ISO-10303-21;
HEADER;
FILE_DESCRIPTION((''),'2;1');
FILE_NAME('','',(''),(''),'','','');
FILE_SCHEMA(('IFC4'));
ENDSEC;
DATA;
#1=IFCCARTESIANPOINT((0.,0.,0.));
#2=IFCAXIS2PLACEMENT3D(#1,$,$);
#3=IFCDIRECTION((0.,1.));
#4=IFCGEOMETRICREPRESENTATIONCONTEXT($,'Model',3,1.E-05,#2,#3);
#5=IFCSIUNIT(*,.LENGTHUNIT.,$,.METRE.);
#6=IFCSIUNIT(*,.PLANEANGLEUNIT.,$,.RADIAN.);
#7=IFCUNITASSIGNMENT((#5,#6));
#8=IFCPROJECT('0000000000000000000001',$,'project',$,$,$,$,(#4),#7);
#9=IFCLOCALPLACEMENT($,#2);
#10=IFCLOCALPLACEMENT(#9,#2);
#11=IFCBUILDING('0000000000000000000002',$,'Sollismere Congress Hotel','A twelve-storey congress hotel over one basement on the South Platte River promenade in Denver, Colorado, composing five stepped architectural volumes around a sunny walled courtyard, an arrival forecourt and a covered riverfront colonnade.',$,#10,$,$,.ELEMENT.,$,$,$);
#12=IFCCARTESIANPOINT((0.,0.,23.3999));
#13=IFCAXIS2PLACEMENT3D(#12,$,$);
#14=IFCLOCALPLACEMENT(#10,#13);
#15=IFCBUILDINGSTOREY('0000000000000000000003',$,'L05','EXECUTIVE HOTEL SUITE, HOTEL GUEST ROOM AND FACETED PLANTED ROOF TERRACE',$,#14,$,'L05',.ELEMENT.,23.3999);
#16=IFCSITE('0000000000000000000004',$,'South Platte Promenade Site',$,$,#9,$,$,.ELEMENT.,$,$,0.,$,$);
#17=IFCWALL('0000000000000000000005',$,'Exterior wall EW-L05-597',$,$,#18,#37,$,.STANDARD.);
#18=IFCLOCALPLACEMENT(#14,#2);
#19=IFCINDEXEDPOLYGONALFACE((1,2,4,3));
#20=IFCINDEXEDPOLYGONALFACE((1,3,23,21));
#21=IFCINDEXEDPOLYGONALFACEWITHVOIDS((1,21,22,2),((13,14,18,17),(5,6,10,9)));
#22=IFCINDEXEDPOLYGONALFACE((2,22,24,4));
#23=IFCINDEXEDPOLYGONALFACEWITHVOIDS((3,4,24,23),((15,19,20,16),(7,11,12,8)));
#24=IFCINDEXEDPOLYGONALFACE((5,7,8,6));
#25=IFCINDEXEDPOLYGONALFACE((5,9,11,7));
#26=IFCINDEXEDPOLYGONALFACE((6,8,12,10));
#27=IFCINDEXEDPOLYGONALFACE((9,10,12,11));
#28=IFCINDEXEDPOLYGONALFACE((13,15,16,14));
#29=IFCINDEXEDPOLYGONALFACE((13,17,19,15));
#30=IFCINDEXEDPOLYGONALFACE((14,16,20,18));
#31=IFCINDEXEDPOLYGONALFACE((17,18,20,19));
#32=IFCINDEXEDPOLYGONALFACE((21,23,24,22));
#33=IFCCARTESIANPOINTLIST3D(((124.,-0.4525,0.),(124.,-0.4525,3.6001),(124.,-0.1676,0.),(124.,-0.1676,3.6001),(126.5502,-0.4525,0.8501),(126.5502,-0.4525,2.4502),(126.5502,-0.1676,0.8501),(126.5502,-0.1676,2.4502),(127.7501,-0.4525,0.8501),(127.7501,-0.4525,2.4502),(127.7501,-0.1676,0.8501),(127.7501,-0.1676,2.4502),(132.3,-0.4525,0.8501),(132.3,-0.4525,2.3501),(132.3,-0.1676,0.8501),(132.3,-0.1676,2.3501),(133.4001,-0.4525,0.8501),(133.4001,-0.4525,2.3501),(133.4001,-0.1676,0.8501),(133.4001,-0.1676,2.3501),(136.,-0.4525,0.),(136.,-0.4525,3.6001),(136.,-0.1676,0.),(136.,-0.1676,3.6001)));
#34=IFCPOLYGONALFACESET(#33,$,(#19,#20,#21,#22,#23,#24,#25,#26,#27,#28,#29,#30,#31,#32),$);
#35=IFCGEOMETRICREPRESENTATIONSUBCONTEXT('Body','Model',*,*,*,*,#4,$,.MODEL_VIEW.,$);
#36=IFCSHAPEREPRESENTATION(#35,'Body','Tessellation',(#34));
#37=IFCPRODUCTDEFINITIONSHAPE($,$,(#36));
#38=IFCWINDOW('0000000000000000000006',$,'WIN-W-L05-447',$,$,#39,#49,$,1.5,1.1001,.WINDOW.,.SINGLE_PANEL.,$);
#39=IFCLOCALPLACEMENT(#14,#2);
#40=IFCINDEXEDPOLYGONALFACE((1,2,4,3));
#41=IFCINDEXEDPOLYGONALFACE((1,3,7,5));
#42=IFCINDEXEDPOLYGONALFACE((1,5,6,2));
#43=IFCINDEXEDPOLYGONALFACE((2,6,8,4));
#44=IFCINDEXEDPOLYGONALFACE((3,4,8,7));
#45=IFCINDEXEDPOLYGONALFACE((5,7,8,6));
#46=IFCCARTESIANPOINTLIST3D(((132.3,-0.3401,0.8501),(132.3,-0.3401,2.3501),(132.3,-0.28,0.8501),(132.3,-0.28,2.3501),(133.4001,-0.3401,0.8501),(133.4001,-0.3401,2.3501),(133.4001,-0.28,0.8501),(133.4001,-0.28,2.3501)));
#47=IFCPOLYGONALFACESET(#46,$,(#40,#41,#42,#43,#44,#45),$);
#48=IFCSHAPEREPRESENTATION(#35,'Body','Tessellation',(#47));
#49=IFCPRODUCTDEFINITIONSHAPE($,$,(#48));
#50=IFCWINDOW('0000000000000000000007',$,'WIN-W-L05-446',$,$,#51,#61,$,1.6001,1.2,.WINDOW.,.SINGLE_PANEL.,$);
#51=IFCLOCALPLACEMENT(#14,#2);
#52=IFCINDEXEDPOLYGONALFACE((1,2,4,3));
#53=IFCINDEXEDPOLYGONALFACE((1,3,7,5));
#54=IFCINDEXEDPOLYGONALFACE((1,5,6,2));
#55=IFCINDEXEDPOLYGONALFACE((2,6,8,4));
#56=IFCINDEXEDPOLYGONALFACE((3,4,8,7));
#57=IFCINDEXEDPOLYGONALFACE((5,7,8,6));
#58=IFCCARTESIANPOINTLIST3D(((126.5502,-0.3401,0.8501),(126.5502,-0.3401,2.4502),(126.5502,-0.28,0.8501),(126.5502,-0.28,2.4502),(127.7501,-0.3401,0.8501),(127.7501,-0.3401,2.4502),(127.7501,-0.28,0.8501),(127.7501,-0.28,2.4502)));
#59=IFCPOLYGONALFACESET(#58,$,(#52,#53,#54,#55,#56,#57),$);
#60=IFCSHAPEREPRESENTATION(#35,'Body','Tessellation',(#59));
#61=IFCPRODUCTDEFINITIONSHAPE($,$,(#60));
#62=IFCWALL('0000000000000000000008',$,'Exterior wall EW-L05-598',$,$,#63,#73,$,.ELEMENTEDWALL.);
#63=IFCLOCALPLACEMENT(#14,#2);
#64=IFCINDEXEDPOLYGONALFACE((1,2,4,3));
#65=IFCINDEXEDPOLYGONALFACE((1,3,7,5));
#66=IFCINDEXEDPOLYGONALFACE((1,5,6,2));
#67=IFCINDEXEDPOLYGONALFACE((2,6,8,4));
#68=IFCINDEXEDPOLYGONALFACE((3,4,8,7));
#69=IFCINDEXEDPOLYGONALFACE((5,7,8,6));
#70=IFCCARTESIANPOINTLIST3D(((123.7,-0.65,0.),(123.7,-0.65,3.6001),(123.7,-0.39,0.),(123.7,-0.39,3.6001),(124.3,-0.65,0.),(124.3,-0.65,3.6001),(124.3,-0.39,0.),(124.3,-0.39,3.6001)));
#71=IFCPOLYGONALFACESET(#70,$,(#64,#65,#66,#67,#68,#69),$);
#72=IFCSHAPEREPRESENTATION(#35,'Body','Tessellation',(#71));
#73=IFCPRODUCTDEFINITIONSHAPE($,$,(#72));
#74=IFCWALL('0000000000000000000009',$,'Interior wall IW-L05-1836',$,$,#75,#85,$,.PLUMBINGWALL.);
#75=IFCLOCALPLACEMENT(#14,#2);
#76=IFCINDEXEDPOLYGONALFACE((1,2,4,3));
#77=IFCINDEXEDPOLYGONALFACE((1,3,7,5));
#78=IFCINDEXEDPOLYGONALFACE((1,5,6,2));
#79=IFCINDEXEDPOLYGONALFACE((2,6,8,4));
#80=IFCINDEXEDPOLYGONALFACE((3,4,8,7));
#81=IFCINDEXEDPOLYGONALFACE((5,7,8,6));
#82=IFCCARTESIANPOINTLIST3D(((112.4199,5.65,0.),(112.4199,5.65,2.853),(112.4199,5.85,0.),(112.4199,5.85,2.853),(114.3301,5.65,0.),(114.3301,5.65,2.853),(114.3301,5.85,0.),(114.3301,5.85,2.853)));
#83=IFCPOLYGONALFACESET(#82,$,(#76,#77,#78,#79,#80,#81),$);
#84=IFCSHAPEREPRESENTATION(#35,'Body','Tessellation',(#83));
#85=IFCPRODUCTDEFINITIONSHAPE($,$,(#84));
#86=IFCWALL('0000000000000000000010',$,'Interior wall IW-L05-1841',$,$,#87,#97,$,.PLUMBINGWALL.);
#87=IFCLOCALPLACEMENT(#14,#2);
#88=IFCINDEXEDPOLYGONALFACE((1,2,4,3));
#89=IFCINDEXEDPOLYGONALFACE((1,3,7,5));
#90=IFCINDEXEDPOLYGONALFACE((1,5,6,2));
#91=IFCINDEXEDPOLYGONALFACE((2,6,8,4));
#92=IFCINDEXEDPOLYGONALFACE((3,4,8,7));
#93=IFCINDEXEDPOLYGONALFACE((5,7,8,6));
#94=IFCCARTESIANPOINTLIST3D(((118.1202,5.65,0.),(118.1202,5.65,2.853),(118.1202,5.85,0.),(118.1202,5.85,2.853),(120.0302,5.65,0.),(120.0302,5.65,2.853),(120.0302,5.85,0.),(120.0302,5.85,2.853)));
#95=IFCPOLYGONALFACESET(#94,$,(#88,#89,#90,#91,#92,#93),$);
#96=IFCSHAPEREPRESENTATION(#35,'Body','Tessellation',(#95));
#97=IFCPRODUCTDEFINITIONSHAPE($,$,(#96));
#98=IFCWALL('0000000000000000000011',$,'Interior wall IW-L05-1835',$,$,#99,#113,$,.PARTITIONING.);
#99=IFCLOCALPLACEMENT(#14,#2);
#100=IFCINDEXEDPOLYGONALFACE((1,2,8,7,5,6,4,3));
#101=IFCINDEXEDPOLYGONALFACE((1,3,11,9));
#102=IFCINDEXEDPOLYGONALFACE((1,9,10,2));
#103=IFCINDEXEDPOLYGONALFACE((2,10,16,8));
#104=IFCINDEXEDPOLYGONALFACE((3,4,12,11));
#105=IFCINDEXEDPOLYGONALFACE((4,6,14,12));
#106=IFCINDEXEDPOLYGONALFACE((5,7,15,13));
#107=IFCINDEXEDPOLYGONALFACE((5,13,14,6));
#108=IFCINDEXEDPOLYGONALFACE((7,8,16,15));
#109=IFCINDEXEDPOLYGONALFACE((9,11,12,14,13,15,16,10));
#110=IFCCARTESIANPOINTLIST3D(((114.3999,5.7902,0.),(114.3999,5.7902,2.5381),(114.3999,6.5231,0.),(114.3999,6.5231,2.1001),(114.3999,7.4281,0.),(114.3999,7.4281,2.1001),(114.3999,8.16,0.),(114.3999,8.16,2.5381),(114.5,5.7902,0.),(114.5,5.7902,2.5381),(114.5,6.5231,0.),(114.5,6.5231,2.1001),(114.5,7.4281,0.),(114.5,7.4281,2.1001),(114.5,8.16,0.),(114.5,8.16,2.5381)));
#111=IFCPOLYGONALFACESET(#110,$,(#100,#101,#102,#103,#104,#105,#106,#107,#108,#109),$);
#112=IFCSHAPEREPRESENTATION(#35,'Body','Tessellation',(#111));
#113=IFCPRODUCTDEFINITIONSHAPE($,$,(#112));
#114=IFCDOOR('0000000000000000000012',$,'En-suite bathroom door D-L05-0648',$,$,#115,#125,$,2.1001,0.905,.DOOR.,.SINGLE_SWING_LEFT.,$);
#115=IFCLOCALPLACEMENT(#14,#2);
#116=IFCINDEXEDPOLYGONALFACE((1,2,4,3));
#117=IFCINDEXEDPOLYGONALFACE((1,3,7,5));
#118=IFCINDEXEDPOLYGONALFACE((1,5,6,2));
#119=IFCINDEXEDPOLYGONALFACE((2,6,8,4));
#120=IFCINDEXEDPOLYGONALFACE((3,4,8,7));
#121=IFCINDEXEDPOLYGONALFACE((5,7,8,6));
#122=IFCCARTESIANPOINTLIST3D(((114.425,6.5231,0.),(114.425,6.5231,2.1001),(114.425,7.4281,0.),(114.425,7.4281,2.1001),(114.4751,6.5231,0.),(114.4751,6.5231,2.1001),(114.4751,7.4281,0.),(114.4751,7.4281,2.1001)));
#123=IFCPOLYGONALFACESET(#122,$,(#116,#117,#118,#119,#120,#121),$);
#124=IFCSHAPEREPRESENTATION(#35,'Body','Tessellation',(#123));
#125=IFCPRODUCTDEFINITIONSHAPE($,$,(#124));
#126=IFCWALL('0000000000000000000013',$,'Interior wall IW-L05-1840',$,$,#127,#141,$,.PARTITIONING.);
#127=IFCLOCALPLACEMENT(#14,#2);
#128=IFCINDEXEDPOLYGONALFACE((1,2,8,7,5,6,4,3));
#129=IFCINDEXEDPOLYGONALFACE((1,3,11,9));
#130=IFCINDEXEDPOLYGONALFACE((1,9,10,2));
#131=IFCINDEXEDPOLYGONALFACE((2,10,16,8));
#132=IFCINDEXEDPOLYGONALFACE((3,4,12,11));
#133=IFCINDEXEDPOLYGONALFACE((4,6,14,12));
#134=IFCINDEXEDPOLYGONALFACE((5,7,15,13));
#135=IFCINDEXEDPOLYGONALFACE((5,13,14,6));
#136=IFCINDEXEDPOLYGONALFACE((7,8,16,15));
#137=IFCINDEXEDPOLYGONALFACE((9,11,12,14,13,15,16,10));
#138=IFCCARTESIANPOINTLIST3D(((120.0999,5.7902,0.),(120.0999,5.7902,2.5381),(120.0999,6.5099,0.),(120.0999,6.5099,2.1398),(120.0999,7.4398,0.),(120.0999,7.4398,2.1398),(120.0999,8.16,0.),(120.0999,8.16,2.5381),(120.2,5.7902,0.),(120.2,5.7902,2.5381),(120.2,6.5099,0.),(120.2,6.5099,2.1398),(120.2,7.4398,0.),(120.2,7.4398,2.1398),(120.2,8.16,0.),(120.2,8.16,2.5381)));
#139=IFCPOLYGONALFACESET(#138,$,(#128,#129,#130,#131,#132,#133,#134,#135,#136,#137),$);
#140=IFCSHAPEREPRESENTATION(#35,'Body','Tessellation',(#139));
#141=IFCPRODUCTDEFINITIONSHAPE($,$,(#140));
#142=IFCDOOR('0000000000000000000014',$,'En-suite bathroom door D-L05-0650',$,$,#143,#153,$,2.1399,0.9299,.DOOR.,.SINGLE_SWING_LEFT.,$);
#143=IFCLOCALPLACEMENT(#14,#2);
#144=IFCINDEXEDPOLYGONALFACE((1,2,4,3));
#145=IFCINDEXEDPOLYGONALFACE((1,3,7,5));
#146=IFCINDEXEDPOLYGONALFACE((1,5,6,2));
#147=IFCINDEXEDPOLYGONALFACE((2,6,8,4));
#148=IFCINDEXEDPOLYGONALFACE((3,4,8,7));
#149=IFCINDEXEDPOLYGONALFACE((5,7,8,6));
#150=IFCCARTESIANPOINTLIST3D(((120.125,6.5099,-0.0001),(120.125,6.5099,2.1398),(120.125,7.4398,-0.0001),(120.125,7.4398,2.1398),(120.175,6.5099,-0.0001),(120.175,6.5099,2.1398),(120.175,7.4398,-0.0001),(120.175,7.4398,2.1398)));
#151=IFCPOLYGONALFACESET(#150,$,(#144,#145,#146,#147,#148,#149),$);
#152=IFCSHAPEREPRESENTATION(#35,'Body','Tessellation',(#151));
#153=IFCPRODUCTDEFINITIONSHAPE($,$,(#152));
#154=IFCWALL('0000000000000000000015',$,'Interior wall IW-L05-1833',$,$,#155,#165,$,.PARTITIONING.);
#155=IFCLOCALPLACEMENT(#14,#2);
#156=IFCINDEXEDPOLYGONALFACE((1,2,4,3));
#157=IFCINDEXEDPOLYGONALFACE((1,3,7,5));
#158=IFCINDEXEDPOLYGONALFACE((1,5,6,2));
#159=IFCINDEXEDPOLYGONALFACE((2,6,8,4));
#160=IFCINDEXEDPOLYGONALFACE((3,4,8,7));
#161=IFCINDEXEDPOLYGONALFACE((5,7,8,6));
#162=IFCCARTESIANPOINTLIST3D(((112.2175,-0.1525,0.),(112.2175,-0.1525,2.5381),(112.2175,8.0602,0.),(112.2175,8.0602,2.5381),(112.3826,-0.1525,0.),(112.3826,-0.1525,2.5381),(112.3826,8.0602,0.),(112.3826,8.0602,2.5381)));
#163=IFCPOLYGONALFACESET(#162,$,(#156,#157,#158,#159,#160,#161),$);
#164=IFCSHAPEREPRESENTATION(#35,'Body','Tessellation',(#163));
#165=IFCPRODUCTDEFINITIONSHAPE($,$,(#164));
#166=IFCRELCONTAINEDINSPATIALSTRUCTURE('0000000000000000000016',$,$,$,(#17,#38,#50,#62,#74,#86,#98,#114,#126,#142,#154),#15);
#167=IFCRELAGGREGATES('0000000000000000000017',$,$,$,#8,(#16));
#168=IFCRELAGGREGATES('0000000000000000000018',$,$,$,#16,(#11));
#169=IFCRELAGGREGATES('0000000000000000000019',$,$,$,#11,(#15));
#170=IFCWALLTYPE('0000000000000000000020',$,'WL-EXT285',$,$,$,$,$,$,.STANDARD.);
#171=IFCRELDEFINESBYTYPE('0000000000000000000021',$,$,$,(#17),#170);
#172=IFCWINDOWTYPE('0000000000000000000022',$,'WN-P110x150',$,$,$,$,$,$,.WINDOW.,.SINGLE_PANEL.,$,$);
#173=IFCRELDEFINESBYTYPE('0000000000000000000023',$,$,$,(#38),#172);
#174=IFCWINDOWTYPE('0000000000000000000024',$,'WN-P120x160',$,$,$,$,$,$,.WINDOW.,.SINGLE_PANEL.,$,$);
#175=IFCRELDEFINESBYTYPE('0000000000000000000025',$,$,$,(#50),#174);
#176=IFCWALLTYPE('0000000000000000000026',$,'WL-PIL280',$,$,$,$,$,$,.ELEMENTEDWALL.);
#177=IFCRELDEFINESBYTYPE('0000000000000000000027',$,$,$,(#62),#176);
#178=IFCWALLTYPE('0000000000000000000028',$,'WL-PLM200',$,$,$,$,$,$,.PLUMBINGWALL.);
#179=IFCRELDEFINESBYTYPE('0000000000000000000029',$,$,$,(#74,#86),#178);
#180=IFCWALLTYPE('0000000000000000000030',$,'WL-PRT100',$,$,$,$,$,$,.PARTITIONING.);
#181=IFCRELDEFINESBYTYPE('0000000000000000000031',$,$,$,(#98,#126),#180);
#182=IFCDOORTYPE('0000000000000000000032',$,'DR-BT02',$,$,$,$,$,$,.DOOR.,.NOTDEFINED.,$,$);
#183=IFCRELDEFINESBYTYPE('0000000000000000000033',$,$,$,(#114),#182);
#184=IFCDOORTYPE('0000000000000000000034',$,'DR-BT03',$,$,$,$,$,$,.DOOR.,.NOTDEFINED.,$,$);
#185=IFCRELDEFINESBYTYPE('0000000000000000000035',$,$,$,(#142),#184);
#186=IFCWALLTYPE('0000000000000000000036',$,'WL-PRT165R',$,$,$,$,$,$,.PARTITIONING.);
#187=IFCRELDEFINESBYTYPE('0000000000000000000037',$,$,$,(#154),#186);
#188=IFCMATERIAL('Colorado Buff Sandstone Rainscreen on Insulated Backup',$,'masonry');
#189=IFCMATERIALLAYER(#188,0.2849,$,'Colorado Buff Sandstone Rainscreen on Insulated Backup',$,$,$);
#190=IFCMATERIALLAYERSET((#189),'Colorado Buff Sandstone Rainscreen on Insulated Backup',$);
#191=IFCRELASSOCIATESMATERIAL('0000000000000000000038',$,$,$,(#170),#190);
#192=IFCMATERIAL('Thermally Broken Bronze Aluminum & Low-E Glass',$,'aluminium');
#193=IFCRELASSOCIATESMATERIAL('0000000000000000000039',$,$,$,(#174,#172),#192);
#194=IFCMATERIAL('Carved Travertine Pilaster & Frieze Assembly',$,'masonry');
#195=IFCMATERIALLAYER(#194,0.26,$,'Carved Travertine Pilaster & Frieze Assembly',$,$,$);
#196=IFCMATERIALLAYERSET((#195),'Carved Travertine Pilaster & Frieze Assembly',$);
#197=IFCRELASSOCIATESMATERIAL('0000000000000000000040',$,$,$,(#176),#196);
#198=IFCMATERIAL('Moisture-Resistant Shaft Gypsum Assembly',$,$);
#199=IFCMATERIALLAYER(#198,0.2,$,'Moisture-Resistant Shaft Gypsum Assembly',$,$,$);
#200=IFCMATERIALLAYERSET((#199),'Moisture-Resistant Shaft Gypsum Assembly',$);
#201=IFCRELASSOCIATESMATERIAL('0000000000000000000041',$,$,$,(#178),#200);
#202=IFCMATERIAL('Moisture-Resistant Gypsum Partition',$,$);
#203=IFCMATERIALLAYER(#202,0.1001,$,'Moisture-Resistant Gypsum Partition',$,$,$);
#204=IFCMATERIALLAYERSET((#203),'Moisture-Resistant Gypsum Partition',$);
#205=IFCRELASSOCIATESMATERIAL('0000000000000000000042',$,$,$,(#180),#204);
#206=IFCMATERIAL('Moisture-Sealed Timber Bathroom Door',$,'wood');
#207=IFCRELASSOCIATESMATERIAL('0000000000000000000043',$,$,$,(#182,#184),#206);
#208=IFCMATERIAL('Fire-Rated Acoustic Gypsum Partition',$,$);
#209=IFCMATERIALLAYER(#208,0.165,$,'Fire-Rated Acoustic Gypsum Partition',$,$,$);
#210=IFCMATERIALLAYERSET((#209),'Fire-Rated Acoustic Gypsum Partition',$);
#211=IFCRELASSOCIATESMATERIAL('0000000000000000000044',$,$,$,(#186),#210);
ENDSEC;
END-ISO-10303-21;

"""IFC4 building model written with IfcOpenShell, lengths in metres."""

from ifc_helpers import new_model, si_unit, direction, frame, frame_2d, origin, place, context, subcontext, project, spatial, rectangle, extrude, material, layer, layer_set, type_object, element, fill, save


model = new_model("IFC4")

# Units and contexts
model_context = context("Model", 3, precision=1e-05, world=origin(), true_north=direction((0.0, 1.0)))
body_context = subcontext(model_context, "Body", "Model", "MODEL_VIEW")
ifc_project = project(units=[si_unit("LENGTHUNIT", "METRE"), si_unit("PLANEANGLEUNIT", "RADIAN")], contexts=[model_context])

# Site, building, storey
site_placement = place(None, origin())
site = spatial("IfcSite", under=ifc_project, at=site_placement, Name="South Platte Promenade Site", CompositionType="ELEMENT", RefElevation=0.0)
building_placement = place(site_placement, origin())
building = spatial("IfcBuilding", under=site, at=building_placement, Name="Sollismere Congress Hotel", Description="A twelve-storey congress hotel over one basement on the South Platte River promenade in Denver, Colorado, composing five stepped architectural volumes around a sunny walled courtyard, an arrival forecourt and a covered riverfront colonnade.", CompositionType="ELEMENT")
storey_placement = place(building_placement, frame((0.0, 0.0, 23.3999)))
storey = spatial("IfcBuildingStorey", under=building, at=storey_placement, Name="L05", Description="EXECUTIVE HOTEL SUITE, HOTEL GUEST ROOM AND FACETED PLANTED ROOF TERRACE", LongName="L05", CompositionType="ELEMENT", Elevation=23.3999)

# Shared definitions
ifc_material_1 = material(Name="Colorado Buff Sandstone Rainscreen on Insulated Backup", Category="masonry")
ifc_layer_1 = layer(ifc_material_1, 0.2849, Name="Colorado Buff Sandstone Rainscreen on Insulated Backup")
ifc_layer_set_1 = layer_set([ifc_layer_1], Name="Colorado Buff Sandstone Rainscreen on Insulated Backup")
wall_type_1 = type_object("IfcWallType", Name="WL-EXT285", PredefinedType="STANDARD", material=ifc_layer_set_1)
ifc_material_2 = material(Name="Thermally Broken Bronze Aluminum & Low-E Glass", Category="aluminium")

# Shared definitions
window_type_1 = type_object("IfcWindowType", Name="WN-P120x160", PartitioningType="SINGLE_PANEL", PredefinedType="WINDOW", material=ifc_material_2)

# Wall, openings, windows
wall_1_placement = place(storey_placement, frame((124.0, -0.3101, 0.0), z_axis=(0.0, 0.0, 1.0), x_axis=(1.0, 0.0, 0.0)))
wall_1 = element("IfcWall", 1, at=wall_1_placement, inside=storey, type_object=wall_type_1, Name="Exterior wall EW-L05-597", PredefinedType="STANDARD", context=body_context, shape_type="SweptSolid", body=[
    extrude(rectangle(XDim=12.0, YDim=0.2849, at=frame_2d((6.0, 0.0))), origin(), (0.0, 0.0, 1.0), 3.6001),
])
opening_1_placement = place(wall_1_placement, frame((2.55, 0.0, 0.8501)))
opening_1 = element("IfcOpeningElement", 2, at=opening_1_placement, cuts=wall_1, PredefinedType="OPENING", context=body_context, shape_type="SweptSolid", body=[
    extrude(rectangle(XDim=1.2, YDim=1.6001, at=frame_2d((0.6001, 0.8))), frame((0.0, 0.1523, 0.0), z_axis=(0.0, -1.0, 0.0), x_axis=(1.0, 0.0, 0.0)), (0.0, 0.0, 1.0), 0.3049),
])
opening_2_placement = place(wall_1_placement, frame((8.3, 0.0, 0.8501)))
opening_2 = element("IfcOpeningElement", 3, at=opening_2_placement, cuts=wall_1, PredefinedType="OPENING", context=body_context, shape_type="SweptSolid", body=[
    extrude(rectangle(XDim=1.1001, YDim=1.5, at=frame_2d((0.55, 0.75))), frame((0.0, 0.1523, 0.0), z_axis=(0.0, -1.0, 0.0), x_axis=(1.0, 0.0, 0.0)), (0.0, 0.0, 1.0), 0.3049),
])
window_type_2 = type_object("IfcWindowType", Name="WN-P110x150", PartitioningType="SINGLE_PANEL", PredefinedType="WINDOW", material=ifc_material_2)
window_1_placement = place(opening_2_placement, origin())
window_1 = element("IfcWindow", 4, at=window_1_placement, inside=storey, type_object=window_type_2, Name="WIN-W-L05-447", OverallHeight=1.5, OverallWidth=1.1001, PartitioningType="SINGLE_PANEL", PredefinedType="WINDOW", context=body_context, shape_type="SweptSolid", body=[
    extrude(rectangle(XDim=1.1001, YDim=1.5, at=frame_2d((0.55, 0.75))), frame((0.0, 0.03, 0.0), z_axis=(0.0, -1.0, 0.0), x_axis=(1.0, 0.0, 0.0)), (0.0, 0.0, 1.0), 0.0601),
])
fill(opening_2, window_1)
window_2_placement = place(opening_1_placement, origin())
window_2 = element("IfcWindow", 5, at=window_2_placement, inside=storey, type_object=window_type_1, Name="WIN-W-L05-446", OverallHeight=1.6001, OverallWidth=1.2, PartitioningType="SINGLE_PANEL", PredefinedType="WINDOW", context=body_context, shape_type="SweptSolid", body=[
    extrude(rectangle(XDim=1.2, YDim=1.6001, at=frame_2d((0.6001, 0.8))), frame((0.0, 0.03, 0.0), z_axis=(0.0, -1.0, 0.0), x_axis=(1.0, 0.0, 0.0)), (0.0, 0.0, 1.0), 0.0601),
])
fill(opening_1, window_2)

# Walls
ifc_material_3 = material(Name="Carved Travertine Pilaster & Frieze Assembly", Category="masonry")
ifc_layer_2 = layer(ifc_material_3, 0.26, Name="Carved Travertine Pilaster & Frieze Assembly")
ifc_layer_set_2 = layer_set([ifc_layer_2], Name="Carved Travertine Pilaster & Frieze Assembly")
wall_type_2 = type_object("IfcWallType", Name="WL-PIL280", PredefinedType="ELEMENTEDWALL", material=ifc_layer_set_2)
wall_2_placement = place(storey_placement, frame((123.7, -0.52, 0.0), z_axis=(0.0, 0.0, 1.0), x_axis=(1.0, 0.0, 0.0)))
element("IfcWall", 6, at=wall_2_placement, inside=storey, type_object=wall_type_2, Name="Exterior wall EW-L05-598", PredefinedType="ELEMENTEDWALL", context=body_context, shape_type="SweptSolid", body=[
    extrude(rectangle(XDim=0.6001, YDim=0.26, at=frame_2d((0.3, 0.0))), origin(), (0.0, 0.0, 1.0), 3.6001),
])
ifc_material_4 = material(Name="Moisture-Resistant Shaft Gypsum Assembly")
ifc_layer_3 = layer(ifc_material_4, 0.2, Name="Moisture-Resistant Shaft Gypsum Assembly")
ifc_layer_set_3 = layer_set([ifc_layer_3], Name="Moisture-Resistant Shaft Gypsum Assembly")
wall_type_3 = type_object("IfcWallType", Name="WL-PLM200", PredefinedType="PLUMBINGWALL", material=ifc_layer_set_3)
wall_3_placement = place(storey_placement, frame((112.4199, 5.75, 0.0), z_axis=(0.0, 0.0, 1.0), x_axis=(1.0, 0.0, 0.0)))
element("IfcWall", 7, at=wall_3_placement, inside=storey, type_object=wall_type_3, Name="Interior wall IW-L05-1836", PredefinedType="PLUMBINGWALL", context=body_context, shape_type="SweptSolid", body=[
    extrude(rectangle(XDim=1.9102, YDim=0.2, at=frame_2d((0.9551, 0.0))), origin(), (0.0, 0.0, 1.0), 2.853),
])
wall_4_placement = place(storey_placement, frame((118.1201, 5.75, 0.0), z_axis=(0.0, 0.0, 1.0), x_axis=(1.0, 0.0, 0.0)))
element("IfcWall", 8, at=wall_4_placement, inside=storey, type_object=wall_type_3, Name="Interior wall IW-L05-1841", PredefinedType="PLUMBINGWALL", context=body_context, shape_type="SweptSolid", body=[
    extrude(rectangle(XDim=1.9099, YDim=0.2, at=frame_2d((0.9551, 0.0))), origin(), (0.0, 0.0, 1.0), 2.853),
])

# Walls, openings, doors
ifc_material_5 = material(Name="Moisture-Resistant Gypsum Partition")
ifc_layer_4 = layer(ifc_material_5, 0.1001, Name="Moisture-Resistant Gypsum Partition")
ifc_layer_set_4 = layer_set([ifc_layer_4], Name="Moisture-Resistant Gypsum Partition")
wall_type_4 = type_object("IfcWallType", Name="WL-PRT100", PredefinedType="PARTITIONING", material=ifc_layer_set_4)
wall_5_placement = place(storey_placement, frame((114.45, 5.79, 0.0), z_axis=(0.0, 0.0, 1.0), x_axis=(0.0, 1.0, 0.0)))
wall_5 = element("IfcWall", 9, at=wall_5_placement, inside=storey, type_object=wall_type_4, Name="Interior wall IW-L05-1835", PredefinedType="PARTITIONING", context=body_context, shape_type="SweptSolid", body=[
    extrude(rectangle(XDim=2.3699, YDim=0.1001, at=frame_2d((1.1851, 0.0))), origin(), (0.0, 0.0, 1.0), 2.5381),
])
opening_3_placement = place(wall_5_placement, frame((0.7329, 0.0, 0.0)))
opening_3 = element("IfcOpeningElement", 10, at=opening_3_placement, cuts=wall_5, PredefinedType="OPENING", context=body_context, shape_type="SweptSolid", body=[
    extrude(rectangle(XDim=0.905, YDim=2.1001, at=frame_2d((0.4526, 1.05))), frame((0.0, 0.0601, 0.0), z_axis=(0.0, -1.0, 0.0), x_axis=(1.0, 0.0, 0.0)), (0.0, 0.0, 1.0), 0.1201),
])
ifc_material_6 = material(Name="Moisture-Sealed Timber Bathroom Door", Category="wood")
door_type_1 = type_object("IfcDoorType", Name="DR-BT02", OperationType="NOTDEFINED", PredefinedType="DOOR", material=ifc_material_6)
door_1_placement = place(opening_3_placement, origin())
door_1 = element("IfcDoor", 11, at=door_1_placement, inside=storey, type_object=door_type_1, Name="En-suite bathroom door D-L05-0648", OperationType="SINGLE_SWING_LEFT", OverallHeight=2.1001, OverallWidth=0.905, PredefinedType="DOOR", context=body_context, shape_type="SweptSolid", body=[
    extrude(rectangle(XDim=0.905, YDim=2.1001, at=frame_2d((0.4526, 1.05))), frame((0.0, 0.0249, 0.0), z_axis=(0.0, -1.0, 0.0), x_axis=(1.0, 0.0, 0.0)), (0.0, 0.0, 1.0), 0.05),
])
fill(opening_3, door_1)
wall_6_placement = place(storey_placement, frame((120.1499, 5.79, 0.0), z_axis=(0.0, 0.0, 1.0), x_axis=(0.0, 1.0, 0.0)))
wall_6 = element("IfcWall", 12, at=wall_6_placement, inside=storey, type_object=wall_type_4, Name="Interior wall IW-L05-1840", PredefinedType="PARTITIONING", context=body_context, shape_type="SweptSolid", body=[
    extrude(rectangle(XDim=2.3699, YDim=0.1001, at=frame_2d((1.1851, 0.0))), origin(), (0.0, 0.0, 1.0), 2.5381),
])
opening_4_placement = place(wall_6_placement, frame((0.72, 0.0, 0.0)))
opening_4 = element("IfcOpeningElement", 13, at=opening_4_placement, cuts=wall_6, PredefinedType="OPENING", context=body_context, shape_type="SweptSolid", body=[
    extrude(rectangle(XDim=0.9299, YDim=2.1399, at=frame_2d((0.4648, 1.0698))), frame((0.0, 0.0601, 0.0), z_axis=(0.0, -1.0, 0.0), x_axis=(1.0, 0.0, 0.0)), (0.0, 0.0, 1.0), 0.1201),
])
door_type_2 = type_object("IfcDoorType", Name="DR-BT03", OperationType="NOTDEFINED", PredefinedType="DOOR", material=ifc_material_6)
door_2_placement = place(opening_4_placement, origin())
door_2 = element("IfcDoor", 14, at=door_2_placement, inside=storey, type_object=door_type_2, Name="En-suite bathroom door D-L05-0650", OperationType="SINGLE_SWING_LEFT", OverallHeight=2.1399, OverallWidth=0.9299, PredefinedType="DOOR", context=body_context, shape_type="SweptSolid", body=[
    extrude(rectangle(XDim=0.9299, YDim=2.1399, at=frame_2d((0.4648, 1.0698))), frame((0.0, 0.0249, 0.0), z_axis=(0.0, -1.0, 0.0), x_axis=(1.0, 0.0, 0.0)), (0.0, 0.0, 1.0), 0.05),
])
fill(opening_4, door_2)

# Wall
ifc_material_7 = material(Name="Fire-Rated Acoustic Gypsum Partition")
ifc_layer_5 = layer(ifc_material_7, 0.165, Name="Fire-Rated Acoustic Gypsum Partition")
ifc_layer_set_5 = layer_set([ifc_layer_5], Name="Fire-Rated Acoustic Gypsum Partition")
wall_type_5 = type_object("IfcWallType", Name="WL-PRT165R", PredefinedType="PARTITIONING", material=ifc_layer_set_5)
wall_7_placement = place(storey_placement, frame((112.3, -0.1526, 0.0), z_axis=(0.0, 0.0, 1.0), x_axis=(0.0, 1.0, 0.0)))
element("IfcWall", 15, at=wall_7_placement, inside=storey, type_object=wall_type_5, Name="Interior wall IW-L05-1833", PredefinedType="PARTITIONING", context=body_context, shape_type="SweptSolid", body=[
    extrude(rectangle(XDim=8.2126, YDim=0.165, at=frame_2d((4.1064, 0.0))), origin(), (0.0, 0.0, 1.0), 2.5381),
])

save(model, "model.ifc")
